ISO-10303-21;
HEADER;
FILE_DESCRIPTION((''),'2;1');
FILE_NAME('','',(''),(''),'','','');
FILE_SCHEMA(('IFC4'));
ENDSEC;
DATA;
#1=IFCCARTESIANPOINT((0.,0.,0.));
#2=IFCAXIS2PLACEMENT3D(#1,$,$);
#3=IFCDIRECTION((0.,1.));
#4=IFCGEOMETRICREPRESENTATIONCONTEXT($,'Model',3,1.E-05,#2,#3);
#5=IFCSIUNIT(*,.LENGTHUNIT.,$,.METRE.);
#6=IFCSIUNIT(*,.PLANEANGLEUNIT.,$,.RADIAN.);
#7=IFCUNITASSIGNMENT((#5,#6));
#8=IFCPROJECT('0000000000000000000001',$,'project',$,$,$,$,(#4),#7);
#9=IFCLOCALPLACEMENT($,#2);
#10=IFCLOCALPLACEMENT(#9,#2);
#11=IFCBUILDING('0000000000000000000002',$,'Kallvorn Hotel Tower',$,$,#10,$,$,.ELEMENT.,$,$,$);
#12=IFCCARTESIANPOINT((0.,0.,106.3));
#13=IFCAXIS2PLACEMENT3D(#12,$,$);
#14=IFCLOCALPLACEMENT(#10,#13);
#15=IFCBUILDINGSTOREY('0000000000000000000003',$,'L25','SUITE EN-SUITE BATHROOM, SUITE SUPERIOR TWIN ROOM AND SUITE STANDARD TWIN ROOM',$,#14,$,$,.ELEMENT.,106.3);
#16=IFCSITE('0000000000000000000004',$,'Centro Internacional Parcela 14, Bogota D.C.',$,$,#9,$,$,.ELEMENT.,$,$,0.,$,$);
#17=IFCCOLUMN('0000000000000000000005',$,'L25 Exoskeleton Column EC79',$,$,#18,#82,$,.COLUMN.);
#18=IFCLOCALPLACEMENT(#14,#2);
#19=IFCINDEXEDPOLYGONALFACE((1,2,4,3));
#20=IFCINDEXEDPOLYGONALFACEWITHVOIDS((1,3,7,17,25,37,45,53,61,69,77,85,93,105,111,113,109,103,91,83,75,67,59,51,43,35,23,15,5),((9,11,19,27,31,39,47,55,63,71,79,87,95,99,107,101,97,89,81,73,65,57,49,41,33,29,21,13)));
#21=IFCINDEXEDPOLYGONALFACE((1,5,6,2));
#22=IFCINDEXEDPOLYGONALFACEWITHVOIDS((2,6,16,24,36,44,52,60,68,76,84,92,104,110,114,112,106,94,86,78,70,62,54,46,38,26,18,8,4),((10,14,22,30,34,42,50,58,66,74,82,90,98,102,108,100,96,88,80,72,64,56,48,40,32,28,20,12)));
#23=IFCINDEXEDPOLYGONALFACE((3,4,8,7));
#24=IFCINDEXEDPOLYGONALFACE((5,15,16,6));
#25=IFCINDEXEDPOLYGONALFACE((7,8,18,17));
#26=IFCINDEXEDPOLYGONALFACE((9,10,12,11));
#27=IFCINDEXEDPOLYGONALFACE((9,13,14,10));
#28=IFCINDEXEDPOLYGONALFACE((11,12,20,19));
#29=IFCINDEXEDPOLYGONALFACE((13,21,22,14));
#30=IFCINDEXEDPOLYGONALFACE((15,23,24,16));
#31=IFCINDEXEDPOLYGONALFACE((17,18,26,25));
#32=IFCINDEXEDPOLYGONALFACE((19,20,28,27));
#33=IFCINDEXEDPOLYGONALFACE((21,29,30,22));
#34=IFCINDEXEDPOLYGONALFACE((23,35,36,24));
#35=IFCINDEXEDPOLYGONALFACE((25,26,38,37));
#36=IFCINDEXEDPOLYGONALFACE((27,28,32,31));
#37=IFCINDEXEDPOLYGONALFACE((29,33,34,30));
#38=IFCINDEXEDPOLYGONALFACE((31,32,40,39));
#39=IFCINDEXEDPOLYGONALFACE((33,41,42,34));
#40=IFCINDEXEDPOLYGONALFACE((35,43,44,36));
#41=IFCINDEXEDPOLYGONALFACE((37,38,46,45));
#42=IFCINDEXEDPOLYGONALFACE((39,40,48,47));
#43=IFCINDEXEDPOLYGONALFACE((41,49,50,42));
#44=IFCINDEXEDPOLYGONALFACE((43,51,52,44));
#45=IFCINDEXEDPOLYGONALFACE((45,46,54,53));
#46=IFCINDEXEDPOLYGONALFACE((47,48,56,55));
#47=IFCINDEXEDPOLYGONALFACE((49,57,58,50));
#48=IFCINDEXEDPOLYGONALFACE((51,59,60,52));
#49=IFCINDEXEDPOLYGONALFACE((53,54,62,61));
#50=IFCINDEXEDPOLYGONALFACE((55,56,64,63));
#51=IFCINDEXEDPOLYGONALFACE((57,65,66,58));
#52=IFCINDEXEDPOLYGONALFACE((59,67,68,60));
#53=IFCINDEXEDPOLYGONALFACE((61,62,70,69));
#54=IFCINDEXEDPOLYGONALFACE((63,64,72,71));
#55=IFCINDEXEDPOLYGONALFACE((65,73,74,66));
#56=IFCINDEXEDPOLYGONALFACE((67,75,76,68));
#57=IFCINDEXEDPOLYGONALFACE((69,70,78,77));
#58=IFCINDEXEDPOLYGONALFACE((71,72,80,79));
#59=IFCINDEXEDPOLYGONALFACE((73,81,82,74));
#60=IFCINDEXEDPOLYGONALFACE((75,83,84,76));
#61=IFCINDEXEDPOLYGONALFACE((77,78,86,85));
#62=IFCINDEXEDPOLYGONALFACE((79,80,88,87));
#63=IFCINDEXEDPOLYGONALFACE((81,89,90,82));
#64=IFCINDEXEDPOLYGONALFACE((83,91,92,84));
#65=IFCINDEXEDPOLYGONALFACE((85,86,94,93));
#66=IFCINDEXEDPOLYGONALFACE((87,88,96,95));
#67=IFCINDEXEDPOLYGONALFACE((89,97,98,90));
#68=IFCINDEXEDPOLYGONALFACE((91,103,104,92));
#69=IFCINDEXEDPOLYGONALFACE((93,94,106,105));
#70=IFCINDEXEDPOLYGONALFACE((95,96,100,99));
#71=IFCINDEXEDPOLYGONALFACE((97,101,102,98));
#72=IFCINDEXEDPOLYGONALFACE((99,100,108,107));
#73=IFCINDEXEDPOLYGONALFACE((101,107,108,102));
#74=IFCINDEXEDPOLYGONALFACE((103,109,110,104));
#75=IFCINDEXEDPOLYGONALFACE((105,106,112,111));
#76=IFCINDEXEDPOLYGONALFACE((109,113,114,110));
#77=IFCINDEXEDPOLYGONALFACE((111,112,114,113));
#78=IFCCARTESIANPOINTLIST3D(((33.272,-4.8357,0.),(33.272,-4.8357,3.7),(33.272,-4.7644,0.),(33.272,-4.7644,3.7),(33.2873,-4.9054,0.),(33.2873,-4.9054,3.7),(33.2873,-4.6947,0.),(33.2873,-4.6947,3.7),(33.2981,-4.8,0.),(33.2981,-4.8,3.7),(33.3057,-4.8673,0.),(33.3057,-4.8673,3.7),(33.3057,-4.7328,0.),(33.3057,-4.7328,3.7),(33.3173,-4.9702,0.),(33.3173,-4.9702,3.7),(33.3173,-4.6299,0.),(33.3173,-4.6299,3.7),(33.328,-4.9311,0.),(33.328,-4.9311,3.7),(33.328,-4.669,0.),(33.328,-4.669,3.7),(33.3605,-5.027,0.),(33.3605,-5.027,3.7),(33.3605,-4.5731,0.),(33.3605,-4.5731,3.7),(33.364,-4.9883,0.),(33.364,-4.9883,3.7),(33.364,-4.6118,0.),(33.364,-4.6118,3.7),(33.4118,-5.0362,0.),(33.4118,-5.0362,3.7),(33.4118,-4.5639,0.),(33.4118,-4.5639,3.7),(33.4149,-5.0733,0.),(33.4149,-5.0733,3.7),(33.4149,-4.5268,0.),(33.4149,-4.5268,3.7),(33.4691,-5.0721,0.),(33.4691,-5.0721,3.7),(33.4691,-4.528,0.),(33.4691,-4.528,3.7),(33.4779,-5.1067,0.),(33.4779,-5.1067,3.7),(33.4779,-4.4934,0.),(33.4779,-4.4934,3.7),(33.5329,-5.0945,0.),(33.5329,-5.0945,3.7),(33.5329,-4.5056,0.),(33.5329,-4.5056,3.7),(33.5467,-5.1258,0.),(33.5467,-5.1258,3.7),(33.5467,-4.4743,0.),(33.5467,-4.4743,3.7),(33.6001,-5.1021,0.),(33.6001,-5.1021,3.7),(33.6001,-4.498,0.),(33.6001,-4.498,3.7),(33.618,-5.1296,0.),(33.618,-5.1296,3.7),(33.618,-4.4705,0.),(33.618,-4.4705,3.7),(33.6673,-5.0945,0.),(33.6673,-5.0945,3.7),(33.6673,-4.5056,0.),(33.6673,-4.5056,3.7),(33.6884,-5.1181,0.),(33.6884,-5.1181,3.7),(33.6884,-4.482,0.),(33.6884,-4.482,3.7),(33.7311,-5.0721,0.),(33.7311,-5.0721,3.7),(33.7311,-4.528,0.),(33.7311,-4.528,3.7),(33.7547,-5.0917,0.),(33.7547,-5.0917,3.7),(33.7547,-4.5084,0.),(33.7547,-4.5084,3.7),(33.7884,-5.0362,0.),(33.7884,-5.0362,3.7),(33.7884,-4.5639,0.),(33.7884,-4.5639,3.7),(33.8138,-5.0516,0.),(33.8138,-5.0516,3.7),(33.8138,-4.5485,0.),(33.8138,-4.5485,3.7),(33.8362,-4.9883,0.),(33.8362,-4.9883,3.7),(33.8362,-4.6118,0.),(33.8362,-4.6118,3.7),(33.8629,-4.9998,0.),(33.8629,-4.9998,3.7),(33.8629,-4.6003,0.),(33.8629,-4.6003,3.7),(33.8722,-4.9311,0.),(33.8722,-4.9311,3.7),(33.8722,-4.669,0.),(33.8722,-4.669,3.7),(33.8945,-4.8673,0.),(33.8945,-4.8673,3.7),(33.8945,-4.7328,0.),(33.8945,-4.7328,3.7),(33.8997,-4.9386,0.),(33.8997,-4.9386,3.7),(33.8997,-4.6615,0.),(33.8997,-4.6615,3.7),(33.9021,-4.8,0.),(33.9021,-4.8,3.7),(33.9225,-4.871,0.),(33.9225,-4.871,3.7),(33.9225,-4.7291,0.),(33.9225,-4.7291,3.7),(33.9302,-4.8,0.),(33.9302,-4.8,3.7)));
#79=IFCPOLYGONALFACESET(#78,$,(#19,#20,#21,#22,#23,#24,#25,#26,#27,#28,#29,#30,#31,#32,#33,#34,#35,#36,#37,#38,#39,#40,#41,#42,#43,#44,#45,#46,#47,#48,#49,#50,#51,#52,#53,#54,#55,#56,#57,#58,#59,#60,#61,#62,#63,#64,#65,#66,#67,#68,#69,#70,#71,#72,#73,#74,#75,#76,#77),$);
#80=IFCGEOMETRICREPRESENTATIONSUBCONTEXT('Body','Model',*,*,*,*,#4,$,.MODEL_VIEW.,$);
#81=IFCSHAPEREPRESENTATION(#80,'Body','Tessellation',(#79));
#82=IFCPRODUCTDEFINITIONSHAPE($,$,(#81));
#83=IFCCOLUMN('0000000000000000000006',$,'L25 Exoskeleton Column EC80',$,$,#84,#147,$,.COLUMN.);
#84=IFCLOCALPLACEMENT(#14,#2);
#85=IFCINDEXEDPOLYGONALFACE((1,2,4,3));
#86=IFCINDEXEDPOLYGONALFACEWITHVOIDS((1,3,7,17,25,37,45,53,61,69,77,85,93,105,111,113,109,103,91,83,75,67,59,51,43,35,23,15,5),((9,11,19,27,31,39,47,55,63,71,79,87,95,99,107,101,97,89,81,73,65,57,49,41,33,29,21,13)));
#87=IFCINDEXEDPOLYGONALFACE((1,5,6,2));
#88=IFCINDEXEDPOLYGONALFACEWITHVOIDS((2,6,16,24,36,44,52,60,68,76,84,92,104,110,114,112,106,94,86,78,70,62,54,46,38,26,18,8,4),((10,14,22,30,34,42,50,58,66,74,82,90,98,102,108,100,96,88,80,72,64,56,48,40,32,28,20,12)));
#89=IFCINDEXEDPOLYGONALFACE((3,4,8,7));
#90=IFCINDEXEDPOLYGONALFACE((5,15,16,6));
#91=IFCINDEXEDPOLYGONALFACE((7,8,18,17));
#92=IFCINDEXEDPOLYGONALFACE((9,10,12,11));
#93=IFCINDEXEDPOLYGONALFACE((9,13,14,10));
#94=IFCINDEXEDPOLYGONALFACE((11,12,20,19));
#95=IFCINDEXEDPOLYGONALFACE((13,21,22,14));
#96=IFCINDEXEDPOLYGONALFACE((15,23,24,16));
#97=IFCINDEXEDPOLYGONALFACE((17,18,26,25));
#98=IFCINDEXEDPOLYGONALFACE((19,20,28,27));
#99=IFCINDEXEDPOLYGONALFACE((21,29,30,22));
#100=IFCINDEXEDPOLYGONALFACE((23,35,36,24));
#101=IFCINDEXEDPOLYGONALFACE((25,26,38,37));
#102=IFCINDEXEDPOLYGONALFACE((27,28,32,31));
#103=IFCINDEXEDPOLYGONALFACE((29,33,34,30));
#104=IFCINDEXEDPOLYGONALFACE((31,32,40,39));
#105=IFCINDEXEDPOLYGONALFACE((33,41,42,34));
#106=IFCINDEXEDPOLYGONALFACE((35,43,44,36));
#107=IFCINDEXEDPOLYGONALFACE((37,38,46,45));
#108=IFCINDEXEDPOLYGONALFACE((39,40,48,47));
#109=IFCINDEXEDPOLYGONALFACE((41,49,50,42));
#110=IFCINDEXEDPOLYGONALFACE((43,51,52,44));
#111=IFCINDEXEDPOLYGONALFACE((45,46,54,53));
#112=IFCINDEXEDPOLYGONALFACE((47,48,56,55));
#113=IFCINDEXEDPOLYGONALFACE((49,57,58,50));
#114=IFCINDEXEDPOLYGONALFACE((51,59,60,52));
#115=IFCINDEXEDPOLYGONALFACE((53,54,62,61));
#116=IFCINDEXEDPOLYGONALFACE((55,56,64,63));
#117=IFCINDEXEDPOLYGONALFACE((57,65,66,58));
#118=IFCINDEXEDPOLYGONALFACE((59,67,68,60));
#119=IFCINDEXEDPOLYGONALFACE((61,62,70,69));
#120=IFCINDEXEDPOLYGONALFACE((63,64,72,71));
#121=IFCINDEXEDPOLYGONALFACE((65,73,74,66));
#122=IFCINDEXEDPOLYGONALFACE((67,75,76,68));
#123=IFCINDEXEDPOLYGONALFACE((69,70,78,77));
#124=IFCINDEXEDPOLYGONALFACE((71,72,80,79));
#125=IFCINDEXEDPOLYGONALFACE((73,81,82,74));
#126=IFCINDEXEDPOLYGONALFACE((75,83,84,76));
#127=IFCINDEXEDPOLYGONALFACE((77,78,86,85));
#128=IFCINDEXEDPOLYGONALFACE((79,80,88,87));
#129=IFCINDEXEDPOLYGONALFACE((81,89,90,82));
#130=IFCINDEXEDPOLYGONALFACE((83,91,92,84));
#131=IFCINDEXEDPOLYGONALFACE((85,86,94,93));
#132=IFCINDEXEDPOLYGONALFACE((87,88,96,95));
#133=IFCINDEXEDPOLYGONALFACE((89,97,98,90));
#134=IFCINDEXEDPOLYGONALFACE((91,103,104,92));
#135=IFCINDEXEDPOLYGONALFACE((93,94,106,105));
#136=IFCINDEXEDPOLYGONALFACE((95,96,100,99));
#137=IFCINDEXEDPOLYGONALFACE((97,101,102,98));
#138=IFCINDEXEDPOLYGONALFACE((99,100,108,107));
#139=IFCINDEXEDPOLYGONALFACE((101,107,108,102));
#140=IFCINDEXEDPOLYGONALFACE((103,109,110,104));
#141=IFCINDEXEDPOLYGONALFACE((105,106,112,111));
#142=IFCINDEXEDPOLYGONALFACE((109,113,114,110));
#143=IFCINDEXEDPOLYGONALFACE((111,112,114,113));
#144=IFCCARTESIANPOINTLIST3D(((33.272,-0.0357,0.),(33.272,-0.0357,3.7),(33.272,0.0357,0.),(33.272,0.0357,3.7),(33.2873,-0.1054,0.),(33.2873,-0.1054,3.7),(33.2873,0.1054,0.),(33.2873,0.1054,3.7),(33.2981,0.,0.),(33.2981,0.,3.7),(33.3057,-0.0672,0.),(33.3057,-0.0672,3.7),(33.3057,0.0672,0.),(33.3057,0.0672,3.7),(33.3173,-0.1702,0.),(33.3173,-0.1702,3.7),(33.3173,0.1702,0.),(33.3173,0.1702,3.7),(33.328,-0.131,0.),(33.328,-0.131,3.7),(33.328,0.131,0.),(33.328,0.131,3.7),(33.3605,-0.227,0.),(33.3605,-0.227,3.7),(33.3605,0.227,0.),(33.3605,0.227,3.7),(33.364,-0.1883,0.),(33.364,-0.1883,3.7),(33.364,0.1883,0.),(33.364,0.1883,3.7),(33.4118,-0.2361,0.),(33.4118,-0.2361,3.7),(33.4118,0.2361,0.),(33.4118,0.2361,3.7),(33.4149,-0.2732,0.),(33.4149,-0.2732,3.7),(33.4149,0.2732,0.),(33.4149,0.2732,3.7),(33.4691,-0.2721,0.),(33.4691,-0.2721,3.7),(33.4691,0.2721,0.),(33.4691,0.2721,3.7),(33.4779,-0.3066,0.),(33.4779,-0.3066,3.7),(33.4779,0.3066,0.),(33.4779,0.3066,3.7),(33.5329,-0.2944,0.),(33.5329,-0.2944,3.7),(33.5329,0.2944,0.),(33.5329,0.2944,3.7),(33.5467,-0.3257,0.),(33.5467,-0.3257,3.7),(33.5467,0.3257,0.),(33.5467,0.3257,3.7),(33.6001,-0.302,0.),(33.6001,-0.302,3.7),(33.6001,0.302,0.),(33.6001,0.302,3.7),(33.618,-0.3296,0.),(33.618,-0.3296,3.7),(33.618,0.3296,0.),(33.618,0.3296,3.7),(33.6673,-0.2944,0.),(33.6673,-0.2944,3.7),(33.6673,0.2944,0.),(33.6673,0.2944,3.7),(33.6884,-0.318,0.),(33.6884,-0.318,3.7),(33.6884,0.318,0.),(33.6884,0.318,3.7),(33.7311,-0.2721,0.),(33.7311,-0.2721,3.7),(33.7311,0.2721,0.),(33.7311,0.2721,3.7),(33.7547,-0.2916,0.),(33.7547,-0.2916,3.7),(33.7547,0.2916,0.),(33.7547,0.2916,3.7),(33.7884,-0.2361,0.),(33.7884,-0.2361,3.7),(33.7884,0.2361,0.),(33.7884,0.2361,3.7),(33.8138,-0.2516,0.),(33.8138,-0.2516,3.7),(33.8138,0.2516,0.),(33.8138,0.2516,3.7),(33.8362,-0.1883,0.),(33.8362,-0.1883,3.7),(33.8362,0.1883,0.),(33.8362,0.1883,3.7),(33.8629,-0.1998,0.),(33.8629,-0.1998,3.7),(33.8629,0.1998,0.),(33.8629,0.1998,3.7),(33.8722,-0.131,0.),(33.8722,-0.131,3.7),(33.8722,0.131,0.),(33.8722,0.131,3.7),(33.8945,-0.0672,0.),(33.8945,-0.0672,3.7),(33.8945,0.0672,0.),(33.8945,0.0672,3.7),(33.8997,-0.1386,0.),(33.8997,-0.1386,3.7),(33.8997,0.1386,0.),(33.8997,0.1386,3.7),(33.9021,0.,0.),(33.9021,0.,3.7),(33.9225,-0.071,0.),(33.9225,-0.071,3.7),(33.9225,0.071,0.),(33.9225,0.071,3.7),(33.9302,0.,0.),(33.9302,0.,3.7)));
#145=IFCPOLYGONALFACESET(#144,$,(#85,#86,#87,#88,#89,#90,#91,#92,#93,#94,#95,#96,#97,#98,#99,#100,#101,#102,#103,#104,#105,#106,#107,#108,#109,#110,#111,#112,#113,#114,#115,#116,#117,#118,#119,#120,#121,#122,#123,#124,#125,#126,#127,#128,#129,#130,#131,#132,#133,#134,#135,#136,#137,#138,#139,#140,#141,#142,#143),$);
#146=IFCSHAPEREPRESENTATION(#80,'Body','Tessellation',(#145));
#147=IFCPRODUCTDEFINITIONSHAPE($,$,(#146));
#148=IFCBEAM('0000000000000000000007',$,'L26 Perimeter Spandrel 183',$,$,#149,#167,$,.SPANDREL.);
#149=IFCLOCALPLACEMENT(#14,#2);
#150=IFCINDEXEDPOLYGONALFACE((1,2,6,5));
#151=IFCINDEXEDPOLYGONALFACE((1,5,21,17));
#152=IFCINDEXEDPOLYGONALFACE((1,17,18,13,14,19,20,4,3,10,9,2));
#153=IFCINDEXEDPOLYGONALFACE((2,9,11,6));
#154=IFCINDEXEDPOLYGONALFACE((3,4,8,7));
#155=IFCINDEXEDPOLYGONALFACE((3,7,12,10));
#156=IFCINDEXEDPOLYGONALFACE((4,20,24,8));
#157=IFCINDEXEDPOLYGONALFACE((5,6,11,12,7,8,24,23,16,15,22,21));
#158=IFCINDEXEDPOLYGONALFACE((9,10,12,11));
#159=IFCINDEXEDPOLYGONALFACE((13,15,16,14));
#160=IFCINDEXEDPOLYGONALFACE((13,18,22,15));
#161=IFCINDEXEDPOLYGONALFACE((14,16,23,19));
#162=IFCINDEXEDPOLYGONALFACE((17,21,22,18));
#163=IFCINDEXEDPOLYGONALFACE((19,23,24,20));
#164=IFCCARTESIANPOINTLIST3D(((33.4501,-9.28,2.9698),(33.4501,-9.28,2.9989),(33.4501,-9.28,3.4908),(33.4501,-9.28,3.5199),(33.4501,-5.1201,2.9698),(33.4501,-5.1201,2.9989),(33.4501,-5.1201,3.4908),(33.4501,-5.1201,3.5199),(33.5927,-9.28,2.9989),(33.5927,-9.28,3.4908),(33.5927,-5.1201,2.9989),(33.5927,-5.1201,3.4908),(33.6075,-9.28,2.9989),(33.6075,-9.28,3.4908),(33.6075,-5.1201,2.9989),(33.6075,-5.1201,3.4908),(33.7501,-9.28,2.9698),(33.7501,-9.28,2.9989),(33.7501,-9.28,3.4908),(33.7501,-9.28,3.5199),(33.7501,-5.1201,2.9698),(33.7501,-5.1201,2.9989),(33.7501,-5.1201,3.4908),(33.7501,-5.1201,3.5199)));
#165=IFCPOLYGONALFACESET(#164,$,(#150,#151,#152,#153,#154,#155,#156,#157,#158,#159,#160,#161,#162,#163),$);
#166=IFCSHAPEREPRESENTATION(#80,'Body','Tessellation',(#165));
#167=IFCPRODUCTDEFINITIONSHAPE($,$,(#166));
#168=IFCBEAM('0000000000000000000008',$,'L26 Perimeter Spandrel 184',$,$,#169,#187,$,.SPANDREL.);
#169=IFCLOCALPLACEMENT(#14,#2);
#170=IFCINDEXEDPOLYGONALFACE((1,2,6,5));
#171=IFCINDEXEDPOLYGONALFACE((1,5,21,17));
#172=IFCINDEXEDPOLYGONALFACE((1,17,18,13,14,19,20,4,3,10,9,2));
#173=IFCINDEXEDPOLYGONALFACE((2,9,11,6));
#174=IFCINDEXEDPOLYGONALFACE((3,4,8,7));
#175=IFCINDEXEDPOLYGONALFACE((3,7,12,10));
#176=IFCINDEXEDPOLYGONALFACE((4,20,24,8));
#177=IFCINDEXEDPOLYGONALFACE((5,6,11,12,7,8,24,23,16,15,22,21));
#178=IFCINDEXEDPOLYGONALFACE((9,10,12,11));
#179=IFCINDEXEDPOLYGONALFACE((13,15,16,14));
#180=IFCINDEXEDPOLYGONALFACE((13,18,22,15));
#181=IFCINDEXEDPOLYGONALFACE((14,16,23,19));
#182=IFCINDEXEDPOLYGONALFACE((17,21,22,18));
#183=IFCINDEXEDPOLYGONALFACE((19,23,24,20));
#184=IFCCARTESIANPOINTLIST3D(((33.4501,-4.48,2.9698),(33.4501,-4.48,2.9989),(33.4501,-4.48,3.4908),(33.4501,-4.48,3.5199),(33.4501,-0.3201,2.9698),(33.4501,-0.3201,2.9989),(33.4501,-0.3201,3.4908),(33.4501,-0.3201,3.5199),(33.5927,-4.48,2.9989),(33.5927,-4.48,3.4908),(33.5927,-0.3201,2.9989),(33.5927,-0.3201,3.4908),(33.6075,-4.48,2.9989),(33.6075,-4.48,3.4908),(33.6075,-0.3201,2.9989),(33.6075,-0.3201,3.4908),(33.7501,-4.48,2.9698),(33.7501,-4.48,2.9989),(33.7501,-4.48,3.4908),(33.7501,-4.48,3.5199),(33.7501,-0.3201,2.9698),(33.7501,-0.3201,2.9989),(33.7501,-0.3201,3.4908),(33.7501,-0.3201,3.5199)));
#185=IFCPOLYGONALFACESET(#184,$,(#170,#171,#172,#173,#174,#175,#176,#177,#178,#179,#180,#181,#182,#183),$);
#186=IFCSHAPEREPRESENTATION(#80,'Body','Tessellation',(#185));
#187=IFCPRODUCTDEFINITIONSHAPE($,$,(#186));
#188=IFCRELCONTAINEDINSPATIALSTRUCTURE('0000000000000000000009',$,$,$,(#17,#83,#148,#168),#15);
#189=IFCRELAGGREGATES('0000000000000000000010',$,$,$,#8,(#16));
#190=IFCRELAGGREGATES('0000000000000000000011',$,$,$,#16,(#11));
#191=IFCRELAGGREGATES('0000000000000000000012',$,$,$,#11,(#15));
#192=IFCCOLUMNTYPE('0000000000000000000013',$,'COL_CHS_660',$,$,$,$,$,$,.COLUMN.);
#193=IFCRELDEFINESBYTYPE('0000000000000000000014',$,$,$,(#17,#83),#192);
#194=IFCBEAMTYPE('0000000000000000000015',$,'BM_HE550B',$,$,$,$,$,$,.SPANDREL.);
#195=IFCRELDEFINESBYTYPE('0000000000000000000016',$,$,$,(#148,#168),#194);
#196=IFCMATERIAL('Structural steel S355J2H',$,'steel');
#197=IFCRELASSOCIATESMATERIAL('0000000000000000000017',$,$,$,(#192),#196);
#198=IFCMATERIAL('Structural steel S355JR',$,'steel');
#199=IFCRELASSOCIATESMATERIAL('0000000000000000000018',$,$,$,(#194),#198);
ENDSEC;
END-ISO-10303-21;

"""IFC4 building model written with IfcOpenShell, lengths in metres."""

from ifc_helpers import new_model, si_unit, direction, frame, origin, origin_2d, place, context, subcontext, project, spatial, hollow_circle, i_section, extrude, material, material_profile, profile_set, type_object, element, save


model = new_model("IFC4")

# Units and contexts
model_context = context("Model", 3, precision=1e-05, world=origin(), true_north=direction((0.0, 1.0)))
body_context = subcontext(model_context, "Body", "Model", "MODEL_VIEW")
ifc_project = project(units=[si_unit("LENGTHUNIT", "METRE"), si_unit("PLANEANGLEUNIT", "RADIAN")], contexts=[model_context])

# Site, building, storey
site_placement = place(None, origin())
site = spatial("IfcSite", under=ifc_project, at=site_placement, Name="Centro Internacional Parcela 14, Bogota D.C.", CompositionType="ELEMENT", RefElevation=0.0)
building_placement = place(site_placement, origin())
building = spatial("IfcBuilding", under=site, at=building_placement, Name="Kallvorn Hotel Tower", CompositionType="ELEMENT")
storey_placement = place(building_placement, frame((0.0, 0.0, 106.3)))
storey = spatial("IfcBuildingStorey", under=building, at=storey_placement, Name="L25", Description="SUITE EN-SUITE BATHROOM, SUITE SUPERIOR TWIN ROOM AND SUITE STANDARD TWIN ROOM", CompositionType="ELEMENT", Elevation=106.3)

# Columns
ifc_material_1 = material(Name="Structural steel S355J2H", Category="steel")
ifc_material_profile_1 = material_profile(ifc_material_1, hollow_circle(Radius=0.3301, WallThickness=0.0281, at=origin_2d()), Name="CHS 660x28")
ifc_profile_set_1 = profile_set([ifc_material_profile_1], Name="Structural steel S355J2H")
column_type = type_object("IfcColumnType", Name="COL_CHS_660", PredefinedType="COLUMN", material=ifc_profile_set_1)
for number, where, z_axis, x_axis, name in (
    (1, (33.6001, -4.8, 0.0), (0.0, 0.0, 1.0), (1.0, 0.0, 0.0), "L25 Exoskeleton Column EC79"),
    (2, (33.6001, 0.0, 0.0), (0.0, 0.0, 1.0), (1.0, 0.0, 0.0), "L25 Exoskeleton Column EC80"),
):
    element("IfcColumn", number, at=place(storey_placement, frame(where, z_axis=z_axis, x_axis=x_axis)), inside=storey, type_object=column_type, Name=name, PredefinedType="COLUMN", context=body_context, shape_type="SweptSolid", body=[
        extrude(hollow_circle(Radius=0.3301, WallThickness=0.0281, at=origin_2d()), origin(), (0.0, 0.0, 1.0), 3.7),
    ])

# Beams
ifc_material_2 = material(Name="Structural steel S355JR", Category="steel")
ifc_material_profile_2 = material_profile(ifc_material_2, i_section(OverallWidth=0.3, OverallDepth=0.55, WebThickness=0.0149, FlangeThickness=0.0291, at=origin_2d()), Name="HE 550 B")
ifc_profile_set_2 = profile_set([ifc_material_profile_2], Name="Structural steel S355JR")
beam_type_1 = type_object("IfcBeamType", Name="BM_HE550B", PredefinedType="SPANDREL", material=ifc_profile_set_2)
for number, where, z_axis, x_axis, name in (
    (3, (33.6001, -9.28, 3.2449), (0.0, 1.0, 0.0), (-1.0, 0.0, 0.0), "L26 Perimeter Spandrel 183"),
    (4, (33.6001, -4.48, 3.2449), (0.0, 1.0, 0.0), (-1.0, 0.0, 0.0), "L26 Perimeter Spandrel 184"),
):
    element("IfcBeam", number, at=place(storey_placement, frame(where, z_axis=z_axis, x_axis=x_axis)), inside=storey, type_object=beam_type_1, Name=name, PredefinedType="SPANDREL", context=body_context, shape_type="SweptSolid", body=[
        extrude(i_section(OverallWidth=0.3, OverallDepth=0.55, WebThickness=0.0149, FlangeThickness=0.0291, at=origin_2d()), origin(), (0.0, 0.0, 1.0), 4.1599),
    ])

save(model, "model.ifc")
